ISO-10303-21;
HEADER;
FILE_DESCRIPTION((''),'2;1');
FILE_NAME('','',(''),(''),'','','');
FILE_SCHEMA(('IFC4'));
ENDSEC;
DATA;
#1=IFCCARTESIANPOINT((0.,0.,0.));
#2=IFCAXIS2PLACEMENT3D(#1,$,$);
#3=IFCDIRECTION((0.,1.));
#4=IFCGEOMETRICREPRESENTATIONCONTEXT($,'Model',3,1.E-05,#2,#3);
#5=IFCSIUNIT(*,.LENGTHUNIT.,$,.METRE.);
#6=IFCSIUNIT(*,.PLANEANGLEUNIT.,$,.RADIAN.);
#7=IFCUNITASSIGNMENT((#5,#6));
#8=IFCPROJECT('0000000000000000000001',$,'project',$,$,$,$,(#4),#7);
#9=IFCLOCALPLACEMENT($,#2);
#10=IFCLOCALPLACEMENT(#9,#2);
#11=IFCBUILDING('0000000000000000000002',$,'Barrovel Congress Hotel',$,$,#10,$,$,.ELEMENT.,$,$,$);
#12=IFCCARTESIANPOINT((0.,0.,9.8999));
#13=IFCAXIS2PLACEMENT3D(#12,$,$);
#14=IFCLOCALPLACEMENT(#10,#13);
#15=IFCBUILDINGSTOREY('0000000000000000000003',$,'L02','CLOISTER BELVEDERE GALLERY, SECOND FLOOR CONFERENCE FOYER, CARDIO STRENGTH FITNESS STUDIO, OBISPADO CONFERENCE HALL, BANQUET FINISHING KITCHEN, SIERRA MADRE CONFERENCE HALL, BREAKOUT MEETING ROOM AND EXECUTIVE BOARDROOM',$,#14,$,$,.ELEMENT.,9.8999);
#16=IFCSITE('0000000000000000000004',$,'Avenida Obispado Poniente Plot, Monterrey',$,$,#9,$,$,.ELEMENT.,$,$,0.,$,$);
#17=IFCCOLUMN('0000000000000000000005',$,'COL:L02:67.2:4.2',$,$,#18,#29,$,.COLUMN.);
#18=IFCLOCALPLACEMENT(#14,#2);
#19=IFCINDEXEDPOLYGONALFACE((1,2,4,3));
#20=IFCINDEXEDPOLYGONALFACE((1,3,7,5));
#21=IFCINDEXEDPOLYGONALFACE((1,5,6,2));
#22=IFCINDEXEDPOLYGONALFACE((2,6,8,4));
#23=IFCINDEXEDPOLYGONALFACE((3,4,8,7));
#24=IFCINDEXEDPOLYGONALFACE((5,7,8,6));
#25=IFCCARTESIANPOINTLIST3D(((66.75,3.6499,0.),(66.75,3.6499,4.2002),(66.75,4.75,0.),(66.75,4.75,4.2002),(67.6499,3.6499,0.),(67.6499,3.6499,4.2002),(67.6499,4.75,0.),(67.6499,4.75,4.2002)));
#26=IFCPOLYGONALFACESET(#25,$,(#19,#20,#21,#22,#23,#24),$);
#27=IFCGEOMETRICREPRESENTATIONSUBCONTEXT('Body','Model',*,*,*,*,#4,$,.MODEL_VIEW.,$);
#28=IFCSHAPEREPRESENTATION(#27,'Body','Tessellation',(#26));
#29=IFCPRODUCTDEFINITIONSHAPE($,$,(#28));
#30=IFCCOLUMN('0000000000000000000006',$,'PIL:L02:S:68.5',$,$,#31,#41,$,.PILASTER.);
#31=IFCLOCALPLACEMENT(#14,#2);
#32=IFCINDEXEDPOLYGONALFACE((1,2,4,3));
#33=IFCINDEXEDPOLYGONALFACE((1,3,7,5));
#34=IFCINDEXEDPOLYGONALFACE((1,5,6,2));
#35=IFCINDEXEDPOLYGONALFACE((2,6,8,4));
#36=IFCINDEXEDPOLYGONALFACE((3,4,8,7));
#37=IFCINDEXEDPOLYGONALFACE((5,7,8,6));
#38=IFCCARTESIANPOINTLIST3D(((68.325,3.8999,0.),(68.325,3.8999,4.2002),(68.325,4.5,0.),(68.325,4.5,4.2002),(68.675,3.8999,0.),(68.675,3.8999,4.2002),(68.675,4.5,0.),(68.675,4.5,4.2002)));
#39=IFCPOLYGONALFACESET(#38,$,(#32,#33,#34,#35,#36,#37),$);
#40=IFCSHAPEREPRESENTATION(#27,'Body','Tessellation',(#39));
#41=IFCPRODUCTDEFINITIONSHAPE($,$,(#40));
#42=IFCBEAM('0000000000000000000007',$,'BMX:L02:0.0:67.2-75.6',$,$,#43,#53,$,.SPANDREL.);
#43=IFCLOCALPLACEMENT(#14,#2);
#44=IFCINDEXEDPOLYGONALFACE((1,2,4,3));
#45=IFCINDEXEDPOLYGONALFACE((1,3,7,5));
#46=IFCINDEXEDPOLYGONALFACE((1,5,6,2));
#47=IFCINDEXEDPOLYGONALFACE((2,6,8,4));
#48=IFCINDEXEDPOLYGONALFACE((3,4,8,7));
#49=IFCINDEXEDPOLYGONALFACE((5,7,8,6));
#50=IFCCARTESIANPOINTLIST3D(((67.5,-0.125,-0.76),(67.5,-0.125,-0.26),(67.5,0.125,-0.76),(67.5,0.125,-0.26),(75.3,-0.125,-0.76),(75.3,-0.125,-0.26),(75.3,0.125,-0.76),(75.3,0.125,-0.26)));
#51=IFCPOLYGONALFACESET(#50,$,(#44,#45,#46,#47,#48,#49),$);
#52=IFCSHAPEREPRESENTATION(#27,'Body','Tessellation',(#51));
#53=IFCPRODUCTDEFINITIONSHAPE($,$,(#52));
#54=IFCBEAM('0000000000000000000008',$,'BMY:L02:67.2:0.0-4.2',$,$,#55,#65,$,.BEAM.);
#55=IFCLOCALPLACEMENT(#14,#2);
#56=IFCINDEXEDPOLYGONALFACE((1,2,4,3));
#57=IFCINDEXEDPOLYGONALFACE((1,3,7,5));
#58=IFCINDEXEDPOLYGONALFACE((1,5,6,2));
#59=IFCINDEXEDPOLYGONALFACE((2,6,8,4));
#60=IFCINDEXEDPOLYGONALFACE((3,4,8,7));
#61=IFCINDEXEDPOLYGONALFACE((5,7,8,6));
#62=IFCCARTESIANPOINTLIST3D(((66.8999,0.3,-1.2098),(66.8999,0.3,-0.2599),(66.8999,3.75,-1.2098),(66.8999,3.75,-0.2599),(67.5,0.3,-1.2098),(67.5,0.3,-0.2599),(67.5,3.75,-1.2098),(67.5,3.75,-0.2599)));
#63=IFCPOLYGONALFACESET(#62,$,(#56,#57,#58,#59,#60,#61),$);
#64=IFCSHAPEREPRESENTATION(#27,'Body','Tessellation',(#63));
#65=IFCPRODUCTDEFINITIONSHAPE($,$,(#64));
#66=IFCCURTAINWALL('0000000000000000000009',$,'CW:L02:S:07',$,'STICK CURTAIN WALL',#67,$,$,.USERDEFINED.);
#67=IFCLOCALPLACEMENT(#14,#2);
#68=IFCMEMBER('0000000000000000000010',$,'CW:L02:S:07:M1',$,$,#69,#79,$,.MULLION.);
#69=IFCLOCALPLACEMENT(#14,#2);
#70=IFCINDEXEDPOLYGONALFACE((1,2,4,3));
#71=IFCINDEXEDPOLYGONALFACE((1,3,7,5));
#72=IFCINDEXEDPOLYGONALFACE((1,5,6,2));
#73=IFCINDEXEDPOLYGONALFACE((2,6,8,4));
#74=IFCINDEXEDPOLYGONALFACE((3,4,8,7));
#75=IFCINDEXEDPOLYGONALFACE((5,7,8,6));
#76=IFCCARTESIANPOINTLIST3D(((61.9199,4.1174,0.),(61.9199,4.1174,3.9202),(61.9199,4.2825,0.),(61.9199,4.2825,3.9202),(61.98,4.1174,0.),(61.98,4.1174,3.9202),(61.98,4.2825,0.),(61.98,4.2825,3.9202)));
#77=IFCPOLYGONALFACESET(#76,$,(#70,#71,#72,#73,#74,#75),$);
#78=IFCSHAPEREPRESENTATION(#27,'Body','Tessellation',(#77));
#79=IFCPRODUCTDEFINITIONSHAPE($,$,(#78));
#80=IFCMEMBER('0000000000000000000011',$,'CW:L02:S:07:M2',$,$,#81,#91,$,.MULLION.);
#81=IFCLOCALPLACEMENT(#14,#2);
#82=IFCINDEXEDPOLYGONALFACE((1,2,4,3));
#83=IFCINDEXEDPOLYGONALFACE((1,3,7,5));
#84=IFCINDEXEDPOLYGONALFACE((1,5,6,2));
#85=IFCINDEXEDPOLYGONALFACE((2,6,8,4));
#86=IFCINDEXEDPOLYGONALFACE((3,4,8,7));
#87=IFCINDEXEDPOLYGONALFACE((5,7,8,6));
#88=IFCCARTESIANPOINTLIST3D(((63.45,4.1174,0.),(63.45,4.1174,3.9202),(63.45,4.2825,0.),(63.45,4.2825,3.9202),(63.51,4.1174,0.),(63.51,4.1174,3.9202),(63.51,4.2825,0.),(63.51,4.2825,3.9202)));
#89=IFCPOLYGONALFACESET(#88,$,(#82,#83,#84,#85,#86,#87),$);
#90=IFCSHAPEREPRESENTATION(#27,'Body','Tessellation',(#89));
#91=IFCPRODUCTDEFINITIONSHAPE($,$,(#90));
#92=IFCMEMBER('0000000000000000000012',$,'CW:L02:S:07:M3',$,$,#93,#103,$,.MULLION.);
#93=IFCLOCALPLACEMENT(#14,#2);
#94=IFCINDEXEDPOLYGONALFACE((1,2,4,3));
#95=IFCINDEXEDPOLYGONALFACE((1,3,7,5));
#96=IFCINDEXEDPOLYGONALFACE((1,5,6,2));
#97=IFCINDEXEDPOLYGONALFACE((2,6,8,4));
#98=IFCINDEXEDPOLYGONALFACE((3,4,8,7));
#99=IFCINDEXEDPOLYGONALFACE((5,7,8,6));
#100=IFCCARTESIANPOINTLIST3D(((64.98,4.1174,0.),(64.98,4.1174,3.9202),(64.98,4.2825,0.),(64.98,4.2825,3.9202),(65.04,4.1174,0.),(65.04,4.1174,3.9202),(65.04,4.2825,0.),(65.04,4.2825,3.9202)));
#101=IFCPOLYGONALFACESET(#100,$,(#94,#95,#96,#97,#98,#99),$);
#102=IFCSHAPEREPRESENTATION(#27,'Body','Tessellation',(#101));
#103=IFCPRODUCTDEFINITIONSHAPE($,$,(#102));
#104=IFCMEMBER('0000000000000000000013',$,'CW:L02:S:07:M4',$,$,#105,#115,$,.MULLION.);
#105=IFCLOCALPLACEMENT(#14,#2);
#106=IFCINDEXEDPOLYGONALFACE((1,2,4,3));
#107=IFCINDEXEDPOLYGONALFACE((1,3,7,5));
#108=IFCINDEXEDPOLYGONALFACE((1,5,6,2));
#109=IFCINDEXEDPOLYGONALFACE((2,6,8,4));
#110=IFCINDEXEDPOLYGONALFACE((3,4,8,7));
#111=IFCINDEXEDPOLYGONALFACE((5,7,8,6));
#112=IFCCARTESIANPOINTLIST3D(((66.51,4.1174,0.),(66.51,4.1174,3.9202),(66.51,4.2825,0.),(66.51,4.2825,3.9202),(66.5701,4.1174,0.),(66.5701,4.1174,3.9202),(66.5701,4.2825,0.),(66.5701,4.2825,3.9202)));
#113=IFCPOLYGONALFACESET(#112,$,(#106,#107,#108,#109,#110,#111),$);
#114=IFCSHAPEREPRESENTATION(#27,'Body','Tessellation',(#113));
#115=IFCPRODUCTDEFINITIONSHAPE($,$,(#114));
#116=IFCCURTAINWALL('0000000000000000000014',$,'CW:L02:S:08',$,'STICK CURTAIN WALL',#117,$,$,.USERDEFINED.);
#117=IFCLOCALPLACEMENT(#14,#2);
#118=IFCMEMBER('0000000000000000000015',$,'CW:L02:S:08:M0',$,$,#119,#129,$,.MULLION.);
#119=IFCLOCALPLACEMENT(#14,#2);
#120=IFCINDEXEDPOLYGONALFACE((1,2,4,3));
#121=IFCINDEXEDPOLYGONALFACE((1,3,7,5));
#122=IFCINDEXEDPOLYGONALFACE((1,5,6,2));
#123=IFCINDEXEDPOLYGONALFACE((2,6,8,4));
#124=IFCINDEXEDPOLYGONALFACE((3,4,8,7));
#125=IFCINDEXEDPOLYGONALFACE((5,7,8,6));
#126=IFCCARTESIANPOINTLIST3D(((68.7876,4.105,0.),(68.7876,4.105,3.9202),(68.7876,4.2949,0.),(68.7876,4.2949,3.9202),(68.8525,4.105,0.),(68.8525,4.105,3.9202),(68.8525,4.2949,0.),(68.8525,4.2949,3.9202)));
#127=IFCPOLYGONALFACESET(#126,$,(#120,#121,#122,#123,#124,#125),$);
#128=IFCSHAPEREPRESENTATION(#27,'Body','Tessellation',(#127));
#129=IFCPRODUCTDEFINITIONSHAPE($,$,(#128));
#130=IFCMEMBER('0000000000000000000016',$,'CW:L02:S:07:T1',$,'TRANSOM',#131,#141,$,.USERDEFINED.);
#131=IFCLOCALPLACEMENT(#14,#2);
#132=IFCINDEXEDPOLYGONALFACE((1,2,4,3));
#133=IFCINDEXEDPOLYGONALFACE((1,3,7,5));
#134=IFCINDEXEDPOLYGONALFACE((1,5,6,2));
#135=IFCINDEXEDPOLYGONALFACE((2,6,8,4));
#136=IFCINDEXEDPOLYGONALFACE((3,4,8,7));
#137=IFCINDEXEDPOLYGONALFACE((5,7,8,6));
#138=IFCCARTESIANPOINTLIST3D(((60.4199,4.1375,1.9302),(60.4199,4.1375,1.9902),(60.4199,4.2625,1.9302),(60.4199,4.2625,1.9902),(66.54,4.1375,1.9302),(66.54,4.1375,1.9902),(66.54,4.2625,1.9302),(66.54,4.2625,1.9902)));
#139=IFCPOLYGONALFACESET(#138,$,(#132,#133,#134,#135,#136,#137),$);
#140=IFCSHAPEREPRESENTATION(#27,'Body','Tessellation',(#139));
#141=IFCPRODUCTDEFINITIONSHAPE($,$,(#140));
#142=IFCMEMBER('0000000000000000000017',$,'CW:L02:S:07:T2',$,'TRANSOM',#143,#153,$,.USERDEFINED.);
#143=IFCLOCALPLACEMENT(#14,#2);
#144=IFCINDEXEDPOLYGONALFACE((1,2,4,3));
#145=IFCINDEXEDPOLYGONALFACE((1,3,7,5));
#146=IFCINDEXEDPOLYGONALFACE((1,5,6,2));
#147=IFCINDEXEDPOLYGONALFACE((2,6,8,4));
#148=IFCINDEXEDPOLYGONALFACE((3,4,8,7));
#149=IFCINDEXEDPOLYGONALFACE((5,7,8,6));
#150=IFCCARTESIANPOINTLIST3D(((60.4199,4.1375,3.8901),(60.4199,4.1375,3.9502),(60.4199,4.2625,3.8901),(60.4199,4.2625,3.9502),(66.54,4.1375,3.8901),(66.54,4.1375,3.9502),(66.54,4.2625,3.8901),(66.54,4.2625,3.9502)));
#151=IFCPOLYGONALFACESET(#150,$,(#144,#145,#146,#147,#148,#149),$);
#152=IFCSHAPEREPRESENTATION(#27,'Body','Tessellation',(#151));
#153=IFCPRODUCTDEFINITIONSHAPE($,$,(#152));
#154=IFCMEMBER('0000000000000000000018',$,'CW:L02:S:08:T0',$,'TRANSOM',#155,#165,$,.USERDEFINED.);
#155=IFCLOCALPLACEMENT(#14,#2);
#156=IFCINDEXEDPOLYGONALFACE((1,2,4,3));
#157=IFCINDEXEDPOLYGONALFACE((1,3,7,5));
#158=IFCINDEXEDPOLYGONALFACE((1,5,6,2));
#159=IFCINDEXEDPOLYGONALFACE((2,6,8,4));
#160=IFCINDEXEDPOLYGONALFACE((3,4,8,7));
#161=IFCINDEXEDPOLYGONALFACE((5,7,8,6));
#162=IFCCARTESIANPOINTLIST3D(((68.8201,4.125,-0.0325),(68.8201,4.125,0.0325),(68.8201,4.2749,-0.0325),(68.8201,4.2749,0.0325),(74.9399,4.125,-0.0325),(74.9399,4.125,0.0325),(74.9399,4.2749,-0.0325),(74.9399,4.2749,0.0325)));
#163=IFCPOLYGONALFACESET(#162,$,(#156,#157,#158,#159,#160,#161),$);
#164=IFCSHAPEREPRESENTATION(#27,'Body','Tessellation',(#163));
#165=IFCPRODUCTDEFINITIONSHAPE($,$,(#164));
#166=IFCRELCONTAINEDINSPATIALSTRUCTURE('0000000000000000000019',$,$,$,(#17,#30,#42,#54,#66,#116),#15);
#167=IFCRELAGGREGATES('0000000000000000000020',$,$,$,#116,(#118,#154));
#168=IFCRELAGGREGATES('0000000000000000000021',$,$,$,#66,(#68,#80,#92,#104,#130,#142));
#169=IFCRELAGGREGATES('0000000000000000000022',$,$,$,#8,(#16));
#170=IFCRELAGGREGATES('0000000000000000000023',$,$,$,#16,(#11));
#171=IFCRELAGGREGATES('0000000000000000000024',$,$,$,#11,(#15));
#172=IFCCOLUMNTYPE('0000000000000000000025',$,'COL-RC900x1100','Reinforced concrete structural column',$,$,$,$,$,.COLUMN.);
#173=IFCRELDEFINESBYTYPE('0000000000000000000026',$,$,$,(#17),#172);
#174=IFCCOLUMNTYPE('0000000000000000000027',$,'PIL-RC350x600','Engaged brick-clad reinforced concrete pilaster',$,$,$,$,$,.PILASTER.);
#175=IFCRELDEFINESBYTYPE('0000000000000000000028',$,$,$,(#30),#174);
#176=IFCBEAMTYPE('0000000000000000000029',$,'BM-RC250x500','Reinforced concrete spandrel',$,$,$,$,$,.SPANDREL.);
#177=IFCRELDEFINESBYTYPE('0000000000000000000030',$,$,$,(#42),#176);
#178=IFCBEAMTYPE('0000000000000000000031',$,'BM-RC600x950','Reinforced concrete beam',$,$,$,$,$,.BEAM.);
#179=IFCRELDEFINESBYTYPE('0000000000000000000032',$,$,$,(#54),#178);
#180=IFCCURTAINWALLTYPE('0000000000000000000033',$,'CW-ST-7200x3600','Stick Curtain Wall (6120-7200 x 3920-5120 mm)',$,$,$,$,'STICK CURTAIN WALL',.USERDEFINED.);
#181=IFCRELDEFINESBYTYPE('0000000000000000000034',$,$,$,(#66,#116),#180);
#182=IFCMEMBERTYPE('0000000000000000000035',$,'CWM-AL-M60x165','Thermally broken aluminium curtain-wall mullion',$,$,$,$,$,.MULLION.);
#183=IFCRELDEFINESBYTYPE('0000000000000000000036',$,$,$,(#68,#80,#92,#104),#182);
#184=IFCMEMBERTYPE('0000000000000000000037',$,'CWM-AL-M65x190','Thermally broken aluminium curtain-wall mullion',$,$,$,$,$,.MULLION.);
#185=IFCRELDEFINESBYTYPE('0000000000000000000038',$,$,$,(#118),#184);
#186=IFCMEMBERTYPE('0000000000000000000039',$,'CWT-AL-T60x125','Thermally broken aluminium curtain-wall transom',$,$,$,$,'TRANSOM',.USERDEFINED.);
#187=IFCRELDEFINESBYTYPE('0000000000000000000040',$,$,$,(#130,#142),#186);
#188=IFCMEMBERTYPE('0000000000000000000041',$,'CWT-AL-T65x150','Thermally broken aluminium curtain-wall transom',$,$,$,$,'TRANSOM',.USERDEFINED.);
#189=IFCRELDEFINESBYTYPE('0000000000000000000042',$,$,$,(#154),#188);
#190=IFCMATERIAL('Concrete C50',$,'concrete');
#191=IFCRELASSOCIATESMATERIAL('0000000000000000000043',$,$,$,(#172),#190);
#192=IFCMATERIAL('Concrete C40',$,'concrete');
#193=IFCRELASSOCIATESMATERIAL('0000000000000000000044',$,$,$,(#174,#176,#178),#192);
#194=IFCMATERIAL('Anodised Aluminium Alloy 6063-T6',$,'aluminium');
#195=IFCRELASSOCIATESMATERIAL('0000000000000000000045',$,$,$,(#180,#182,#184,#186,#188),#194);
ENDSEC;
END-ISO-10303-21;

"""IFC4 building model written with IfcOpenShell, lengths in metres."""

from ifc_helpers import new_model, si_unit, direction, frame, origin, origin_2d, place, context, subcontext, project, spatial, rectangle, extrude, material, material_profile, profile_set, type_object, element, aggregate, save


model = new_model("IFC4")

# Units and contexts
model_context = context("Model", 3, precision=1e-05, world=origin(), true_north=direction((0.0, 1.0)))
body_context = subcontext(model_context, "Body", "Model", "MODEL_VIEW")
ifc_project = project(units=[si_unit("LENGTHUNIT", "METRE"), si_unit("PLANEANGLEUNIT", "RADIAN")], contexts=[model_context])

# Site, building, storey
site_placement = place(None, origin())
site = spatial("IfcSite", under=ifc_project, at=site_placement, Name="Avenida Obispado Poniente Plot, Monterrey", CompositionType="ELEMENT", RefElevation=0.0)
building_placement = place(site_placement, origin())
building = spatial("IfcBuilding", under=site, at=building_placement, Name="Barrovel Congress Hotel", CompositionType="ELEMENT")
storey_placement = place(building_placement, frame((0.0, 0.0, 9.8999)))
storey = spatial("IfcBuildingStorey", under=building, at=storey_placement, Name="L02", Description="CLOISTER BELVEDERE GALLERY, SECOND FLOOR CONFERENCE FOYER, CARDIO STRENGTH FITNESS STUDIO, OBISPADO CONFERENCE HALL, BANQUET FINISHING KITCHEN, SIERRA MADRE CONFERENCE HALL, BREAKOUT MEETING ROOM AND EXECUTIVE BOARDROOM", CompositionType="ELEMENT", Elevation=9.8999)

# Columns
ifc_material_1 = material(Name="Concrete C50", Category="concrete")
ifc_material_profile_1 = material_profile(ifc_material_1, rectangle(XDim=0.8999, YDim=1.1001, at=origin_2d()), Name="RC900x1100")
ifc_profile_set_1 = profile_set([ifc_material_profile_1], Name="Concrete C50")
column_type_1 = type_object("IfcColumnType", Name="COL-RC900x1100", Description="Reinforced concrete structural column", PredefinedType="COLUMN", material=ifc_profile_set_1)
column_1_placement = place(storey_placement, frame((67.2, 4.2, 0.0), z_axis=(0.0, 0.0, 1.0), x_axis=(1.0, 0.0, 0.0)))
element("IfcColumn", 1, at=column_1_placement, inside=storey, type_object=column_type_1, Name="COL:L02:67.2:4.2", PredefinedType="COLUMN", context=body_context, shape_type="SweptSolid", body=[
    extrude(rectangle(XDim=0.8999, YDim=1.1001, at=origin_2d()), origin(), (0.0, 0.0, 1.0), 4.2002),
])
ifc_material_2 = material(Name="Concrete C40", Category="concrete")
ifc_material_profile_2 = material_profile(ifc_material_2, rectangle(XDim=0.3501, YDim=0.6001, at=origin_2d()), Name="RC350x600")
ifc_profile_set_2 = profile_set([ifc_material_profile_2], Name="Concrete C40")
column_type_2 = type_object("IfcColumnType", Name="PIL-RC350x600", Description="Engaged brick-clad reinforced concrete pilaster", PredefinedType="PILASTER", material=ifc_profile_set_2)
column_2_placement = place(storey_placement, frame((68.5, 4.2, 0.0), z_axis=(0.0, 0.0, 1.0), x_axis=(1.0, 0.0, 0.0)))
element("IfcColumn", 2, at=column_2_placement, inside=storey, type_object=column_type_2, Name="PIL:L02:S:68.5", PredefinedType="PILASTER", context=body_context, shape_type="SweptSolid", body=[
    extrude(rectangle(XDim=0.3501, YDim=0.6001, at=origin_2d()), origin(), (0.0, 0.0, 1.0), 4.2002),
])

# Beams
ifc_material_profile_3 = material_profile(ifc_material_2, rectangle(XDim=0.25, YDim=0.5, at=origin_2d()), Name="RC250x500")
ifc_profile_set_3 = profile_set([ifc_material_profile_3], Name="Concrete C40")
beam_type_1 = type_object("IfcBeamType", Name="BM-RC250x500", Description="Reinforced concrete spandrel", PredefinedType="SPANDREL", material=ifc_profile_set_3)
beam_1_placement = place(storey_placement, frame((67.5, 0.0, -0.51), z_axis=(1.0, 0.0, 0.0), x_axis=(0.0, 1.0, 0.0)))
element("IfcBeam", 3, at=beam_1_placement, inside=storey, type_object=beam_type_1, Name="BMX:L02:0.0:67.2-75.6", PredefinedType="SPANDREL", context=body_context, shape_type="SweptSolid", body=[
    extrude(rectangle(XDim=0.25, YDim=0.5, at=origin_2d()), origin(), (0.0, 0.0, 1.0), 7.8),
])
ifc_material_profile_4 = material_profile(ifc_material_2, rectangle(XDim=0.6001, YDim=0.95, at=origin_2d()), Name="RC600x950")
ifc_profile_set_4 = profile_set([ifc_material_profile_4], Name="Concrete C40")
beam_type_2 = type_object("IfcBeamType", Name="BM-RC600x950", Description="Reinforced concrete beam", PredefinedType="BEAM", material=ifc_profile_set_4)
beam_2_placement = place(storey_placement, frame((67.2, 0.3, -0.7349), z_axis=(0.0, 1.0, 0.0), x_axis=(-1.0, 0.0, 0.0)))
element("IfcBeam", 4, at=beam_2_placement, inside=storey, type_object=beam_type_2, Name="BMY:L02:67.2:0.0-4.2", PredefinedType="BEAM", context=body_context, shape_type="SweptSolid", body=[
    extrude(rectangle(XDim=0.6001, YDim=0.95, at=origin_2d()), origin(), (0.0, 0.0, 1.0), 3.45),
])

# Curtain wall, members
ifc_material_3 = material(Name="Anodised Aluminium Alloy 6063-T6", Category="aluminium")
curtain_wall_type = type_object("IfcCurtainWallType", Name="CW-ST-7200x3600", Description="Stick Curtain Wall (6120-7200 x 3920-5120 mm)", ElementType="STICK CURTAIN WALL", PredefinedType="USERDEFINED", material=ifc_material_3)
curtain_wall_1_placement = place(storey_placement, origin())
curtain_wall_1 = element("IfcCurtainWall", 5, at=curtain_wall_1_placement, inside=storey, type_object=curtain_wall_type, Name="CW:L02:S:07", ObjectType="STICK CURTAIN WALL", PredefinedType="USERDEFINED")
ifc_material_profile_5 = material_profile(ifc_material_3, rectangle(XDim=0.0601, YDim=0.165, at=origin_2d()), Name="AL-M60x165")
ifc_profile_set_5 = profile_set([ifc_material_profile_5], Name="Anodised Aluminium Alloy 6063-T6")
member_type_1 = type_object("IfcMemberType", Name="CWM-AL-M60x165", Description="Thermally broken aluminium curtain-wall mullion", PredefinedType="MULLION", material=ifc_profile_set_5)
member_1_placement = place(storey_placement, frame((61.95, 4.2, 0.0), z_axis=(0.0, 0.0, 1.0), x_axis=(1.0, 0.0, 0.0)))
member_1 = element("IfcMember", 6, at=member_1_placement, type_object=member_type_1, Name="CW:L02:S:07:M1", PredefinedType="MULLION", context=body_context, shape_type="SweptSolid", body=[
    extrude(rectangle(XDim=0.0601, YDim=0.165, at=origin_2d()), origin(), (0.0, 0.0, 1.0), 3.9202),
])
member_2_placement = place(storey_placement, frame((63.48, 4.2, 0.0), z_axis=(0.0, 0.0, 1.0), x_axis=(1.0, 0.0, 0.0)))
member_2 = element("IfcMember", 7, at=member_2_placement, type_object=member_type_1, Name="CW:L02:S:07:M2", PredefinedType="MULLION", context=body_context, shape_type="SweptSolid", body=[
    extrude(rectangle(XDim=0.0601, YDim=0.165, at=origin_2d()), origin(), (0.0, 0.0, 1.0), 3.9202),
])
member_3_placement = place(storey_placement, frame((65.01, 4.2, 0.0), z_axis=(0.0, 0.0, 1.0), x_axis=(1.0, 0.0, 0.0)))
member_3 = element("IfcMember", 8, at=member_3_placement, type_object=member_type_1, Name="CW:L02:S:07:M3", PredefinedType="MULLION", context=body_context, shape_type="SweptSolid", body=[
    extrude(rectangle(XDim=0.0601, YDim=0.165, at=origin_2d()), origin(), (0.0, 0.0, 1.0), 3.9202),
])
member_4_placement = place(storey_placement, frame((66.54, 4.2, 0.0), z_axis=(0.0, 0.0, 1.0), x_axis=(1.0, 0.0, 0.0)))
member_4 = element("IfcMember", 9, at=member_4_placement, type_object=member_type_1, Name="CW:L02:S:07:M4", PredefinedType="MULLION", context=body_context, shape_type="SweptSolid", body=[
    extrude(rectangle(XDim=0.0601, YDim=0.165, at=origin_2d()), origin(), (0.0, 0.0, 1.0), 3.9202),
])

# Curtain wall, member
curtain_wall_2_placement = place(storey_placement, origin())
curtain_wall_2 = element("IfcCurtainWall", 10, at=curtain_wall_2_placement, inside=storey, type_object=curtain_wall_type, Name="CW:L02:S:08", ObjectType="STICK CURTAIN WALL", PredefinedType="USERDEFINED")
ifc_material_profile_6 = material_profile(ifc_material_3, rectangle(XDim=0.0649, YDim=0.1899, at=origin_2d()), Name="AL-M65x190")
ifc_profile_set_6 = profile_set([ifc_material_profile_6], Name="Anodised Aluminium Alloy 6063-T6")
member_type_2 = type_object("IfcMemberType", Name="CWM-AL-M65x190", Description="Thermally broken aluminium curtain-wall mullion", PredefinedType="MULLION", material=ifc_profile_set_6)
member_5_placement = place(storey_placement, frame((68.8201, 4.2, 0.0), z_axis=(0.0, 0.0, 1.0), x_axis=(1.0, 0.0, 0.0)))
member_5 = element("IfcMember", 11, at=member_5_placement, type_object=member_type_2, Name="CW:L02:S:08:M0", PredefinedType="MULLION", context=body_context, shape_type="SweptSolid", body=[
    extrude(rectangle(XDim=0.0649, YDim=0.1899, at=origin_2d()), origin(), (0.0, 0.0, 1.0), 3.9202),
])

# Members
ifc_material_profile_7 = material_profile(ifc_material_3, rectangle(XDim=0.125, YDim=0.0601, at=origin_2d()), Name="AL-T60x125")
ifc_profile_set_7 = profile_set([ifc_material_profile_7], Name="Anodised Aluminium Alloy 6063-T6")
member_type_3 = type_object("IfcMemberType", Name="CWT-AL-T60x125", Description="Thermally broken aluminium curtain-wall transom", ElementType="TRANSOM", PredefinedType="USERDEFINED", material=ifc_profile_set_7)
member_6_placement = place(storey_placement, frame((60.4199, 4.2, 1.9602), z_axis=(1.0, 0.0, 0.0), x_axis=(0.0, 1.0, 0.0)))
member_6 = element("IfcMember", 12, at=member_6_placement, type_object=member_type_3, Name="CW:L02:S:07:T1", ObjectType="TRANSOM", PredefinedType="USERDEFINED", context=body_context, shape_type="SweptSolid", body=[
    extrude(rectangle(XDim=0.125, YDim=0.0601, at=origin_2d()), origin(), (0.0, 0.0, 1.0), 6.1201),
])
member_7_placement = place(storey_placement, frame((60.4199, 4.2, 3.9202), z_axis=(1.0, 0.0, 0.0), x_axis=(0.0, 1.0, 0.0)))
member_7 = element("IfcMember", 13, at=member_7_placement, type_object=member_type_3, Name="CW:L02:S:07:T2", ObjectType="TRANSOM", PredefinedType="USERDEFINED", context=body_context, shape_type="SweptSolid", body=[
    extrude(rectangle(XDim=0.125, YDim=0.0601, at=origin_2d()), origin(), (0.0, 0.0, 1.0), 6.1201),
])
ifc_material_profile_8 = material_profile(ifc_material_3, rectangle(XDim=0.1499, YDim=0.0649, at=origin_2d()), Name="AL-T65x150")
ifc_profile_set_8 = profile_set([ifc_material_profile_8], Name="Anodised Aluminium Alloy 6063-T6")
member_type_4 = type_object("IfcMemberType", Name="CWT-AL-T65x150", Description="Thermally broken aluminium curtain-wall transom", ElementType="TRANSOM", PredefinedType="USERDEFINED", material=ifc_profile_set_8)
member_8_placement = place(storey_placement, frame((68.8201, 4.2, 0.0), z_axis=(1.0, 0.0, 0.0), x_axis=(0.0, 1.0, 0.0)))
member_8 = element("IfcMember", 14, at=member_8_placement, type_object=member_type_4, Name="CW:L02:S:08:T0", ObjectType="TRANSOM", PredefinedType="USERDEFINED", context=body_context, shape_type="SweptSolid", body=[
    extrude(rectangle(XDim=0.1499, YDim=0.0649, at=origin_2d()), origin(), (0.0, 0.0, 1.0), 6.1199),
])
aggregate(curtain_wall_2, [member_5, member_8])

aggregate(curtain_wall_1, [member_1, member_2, member_3, member_4, member_6, member_7])

save(model, "model.ifc")
